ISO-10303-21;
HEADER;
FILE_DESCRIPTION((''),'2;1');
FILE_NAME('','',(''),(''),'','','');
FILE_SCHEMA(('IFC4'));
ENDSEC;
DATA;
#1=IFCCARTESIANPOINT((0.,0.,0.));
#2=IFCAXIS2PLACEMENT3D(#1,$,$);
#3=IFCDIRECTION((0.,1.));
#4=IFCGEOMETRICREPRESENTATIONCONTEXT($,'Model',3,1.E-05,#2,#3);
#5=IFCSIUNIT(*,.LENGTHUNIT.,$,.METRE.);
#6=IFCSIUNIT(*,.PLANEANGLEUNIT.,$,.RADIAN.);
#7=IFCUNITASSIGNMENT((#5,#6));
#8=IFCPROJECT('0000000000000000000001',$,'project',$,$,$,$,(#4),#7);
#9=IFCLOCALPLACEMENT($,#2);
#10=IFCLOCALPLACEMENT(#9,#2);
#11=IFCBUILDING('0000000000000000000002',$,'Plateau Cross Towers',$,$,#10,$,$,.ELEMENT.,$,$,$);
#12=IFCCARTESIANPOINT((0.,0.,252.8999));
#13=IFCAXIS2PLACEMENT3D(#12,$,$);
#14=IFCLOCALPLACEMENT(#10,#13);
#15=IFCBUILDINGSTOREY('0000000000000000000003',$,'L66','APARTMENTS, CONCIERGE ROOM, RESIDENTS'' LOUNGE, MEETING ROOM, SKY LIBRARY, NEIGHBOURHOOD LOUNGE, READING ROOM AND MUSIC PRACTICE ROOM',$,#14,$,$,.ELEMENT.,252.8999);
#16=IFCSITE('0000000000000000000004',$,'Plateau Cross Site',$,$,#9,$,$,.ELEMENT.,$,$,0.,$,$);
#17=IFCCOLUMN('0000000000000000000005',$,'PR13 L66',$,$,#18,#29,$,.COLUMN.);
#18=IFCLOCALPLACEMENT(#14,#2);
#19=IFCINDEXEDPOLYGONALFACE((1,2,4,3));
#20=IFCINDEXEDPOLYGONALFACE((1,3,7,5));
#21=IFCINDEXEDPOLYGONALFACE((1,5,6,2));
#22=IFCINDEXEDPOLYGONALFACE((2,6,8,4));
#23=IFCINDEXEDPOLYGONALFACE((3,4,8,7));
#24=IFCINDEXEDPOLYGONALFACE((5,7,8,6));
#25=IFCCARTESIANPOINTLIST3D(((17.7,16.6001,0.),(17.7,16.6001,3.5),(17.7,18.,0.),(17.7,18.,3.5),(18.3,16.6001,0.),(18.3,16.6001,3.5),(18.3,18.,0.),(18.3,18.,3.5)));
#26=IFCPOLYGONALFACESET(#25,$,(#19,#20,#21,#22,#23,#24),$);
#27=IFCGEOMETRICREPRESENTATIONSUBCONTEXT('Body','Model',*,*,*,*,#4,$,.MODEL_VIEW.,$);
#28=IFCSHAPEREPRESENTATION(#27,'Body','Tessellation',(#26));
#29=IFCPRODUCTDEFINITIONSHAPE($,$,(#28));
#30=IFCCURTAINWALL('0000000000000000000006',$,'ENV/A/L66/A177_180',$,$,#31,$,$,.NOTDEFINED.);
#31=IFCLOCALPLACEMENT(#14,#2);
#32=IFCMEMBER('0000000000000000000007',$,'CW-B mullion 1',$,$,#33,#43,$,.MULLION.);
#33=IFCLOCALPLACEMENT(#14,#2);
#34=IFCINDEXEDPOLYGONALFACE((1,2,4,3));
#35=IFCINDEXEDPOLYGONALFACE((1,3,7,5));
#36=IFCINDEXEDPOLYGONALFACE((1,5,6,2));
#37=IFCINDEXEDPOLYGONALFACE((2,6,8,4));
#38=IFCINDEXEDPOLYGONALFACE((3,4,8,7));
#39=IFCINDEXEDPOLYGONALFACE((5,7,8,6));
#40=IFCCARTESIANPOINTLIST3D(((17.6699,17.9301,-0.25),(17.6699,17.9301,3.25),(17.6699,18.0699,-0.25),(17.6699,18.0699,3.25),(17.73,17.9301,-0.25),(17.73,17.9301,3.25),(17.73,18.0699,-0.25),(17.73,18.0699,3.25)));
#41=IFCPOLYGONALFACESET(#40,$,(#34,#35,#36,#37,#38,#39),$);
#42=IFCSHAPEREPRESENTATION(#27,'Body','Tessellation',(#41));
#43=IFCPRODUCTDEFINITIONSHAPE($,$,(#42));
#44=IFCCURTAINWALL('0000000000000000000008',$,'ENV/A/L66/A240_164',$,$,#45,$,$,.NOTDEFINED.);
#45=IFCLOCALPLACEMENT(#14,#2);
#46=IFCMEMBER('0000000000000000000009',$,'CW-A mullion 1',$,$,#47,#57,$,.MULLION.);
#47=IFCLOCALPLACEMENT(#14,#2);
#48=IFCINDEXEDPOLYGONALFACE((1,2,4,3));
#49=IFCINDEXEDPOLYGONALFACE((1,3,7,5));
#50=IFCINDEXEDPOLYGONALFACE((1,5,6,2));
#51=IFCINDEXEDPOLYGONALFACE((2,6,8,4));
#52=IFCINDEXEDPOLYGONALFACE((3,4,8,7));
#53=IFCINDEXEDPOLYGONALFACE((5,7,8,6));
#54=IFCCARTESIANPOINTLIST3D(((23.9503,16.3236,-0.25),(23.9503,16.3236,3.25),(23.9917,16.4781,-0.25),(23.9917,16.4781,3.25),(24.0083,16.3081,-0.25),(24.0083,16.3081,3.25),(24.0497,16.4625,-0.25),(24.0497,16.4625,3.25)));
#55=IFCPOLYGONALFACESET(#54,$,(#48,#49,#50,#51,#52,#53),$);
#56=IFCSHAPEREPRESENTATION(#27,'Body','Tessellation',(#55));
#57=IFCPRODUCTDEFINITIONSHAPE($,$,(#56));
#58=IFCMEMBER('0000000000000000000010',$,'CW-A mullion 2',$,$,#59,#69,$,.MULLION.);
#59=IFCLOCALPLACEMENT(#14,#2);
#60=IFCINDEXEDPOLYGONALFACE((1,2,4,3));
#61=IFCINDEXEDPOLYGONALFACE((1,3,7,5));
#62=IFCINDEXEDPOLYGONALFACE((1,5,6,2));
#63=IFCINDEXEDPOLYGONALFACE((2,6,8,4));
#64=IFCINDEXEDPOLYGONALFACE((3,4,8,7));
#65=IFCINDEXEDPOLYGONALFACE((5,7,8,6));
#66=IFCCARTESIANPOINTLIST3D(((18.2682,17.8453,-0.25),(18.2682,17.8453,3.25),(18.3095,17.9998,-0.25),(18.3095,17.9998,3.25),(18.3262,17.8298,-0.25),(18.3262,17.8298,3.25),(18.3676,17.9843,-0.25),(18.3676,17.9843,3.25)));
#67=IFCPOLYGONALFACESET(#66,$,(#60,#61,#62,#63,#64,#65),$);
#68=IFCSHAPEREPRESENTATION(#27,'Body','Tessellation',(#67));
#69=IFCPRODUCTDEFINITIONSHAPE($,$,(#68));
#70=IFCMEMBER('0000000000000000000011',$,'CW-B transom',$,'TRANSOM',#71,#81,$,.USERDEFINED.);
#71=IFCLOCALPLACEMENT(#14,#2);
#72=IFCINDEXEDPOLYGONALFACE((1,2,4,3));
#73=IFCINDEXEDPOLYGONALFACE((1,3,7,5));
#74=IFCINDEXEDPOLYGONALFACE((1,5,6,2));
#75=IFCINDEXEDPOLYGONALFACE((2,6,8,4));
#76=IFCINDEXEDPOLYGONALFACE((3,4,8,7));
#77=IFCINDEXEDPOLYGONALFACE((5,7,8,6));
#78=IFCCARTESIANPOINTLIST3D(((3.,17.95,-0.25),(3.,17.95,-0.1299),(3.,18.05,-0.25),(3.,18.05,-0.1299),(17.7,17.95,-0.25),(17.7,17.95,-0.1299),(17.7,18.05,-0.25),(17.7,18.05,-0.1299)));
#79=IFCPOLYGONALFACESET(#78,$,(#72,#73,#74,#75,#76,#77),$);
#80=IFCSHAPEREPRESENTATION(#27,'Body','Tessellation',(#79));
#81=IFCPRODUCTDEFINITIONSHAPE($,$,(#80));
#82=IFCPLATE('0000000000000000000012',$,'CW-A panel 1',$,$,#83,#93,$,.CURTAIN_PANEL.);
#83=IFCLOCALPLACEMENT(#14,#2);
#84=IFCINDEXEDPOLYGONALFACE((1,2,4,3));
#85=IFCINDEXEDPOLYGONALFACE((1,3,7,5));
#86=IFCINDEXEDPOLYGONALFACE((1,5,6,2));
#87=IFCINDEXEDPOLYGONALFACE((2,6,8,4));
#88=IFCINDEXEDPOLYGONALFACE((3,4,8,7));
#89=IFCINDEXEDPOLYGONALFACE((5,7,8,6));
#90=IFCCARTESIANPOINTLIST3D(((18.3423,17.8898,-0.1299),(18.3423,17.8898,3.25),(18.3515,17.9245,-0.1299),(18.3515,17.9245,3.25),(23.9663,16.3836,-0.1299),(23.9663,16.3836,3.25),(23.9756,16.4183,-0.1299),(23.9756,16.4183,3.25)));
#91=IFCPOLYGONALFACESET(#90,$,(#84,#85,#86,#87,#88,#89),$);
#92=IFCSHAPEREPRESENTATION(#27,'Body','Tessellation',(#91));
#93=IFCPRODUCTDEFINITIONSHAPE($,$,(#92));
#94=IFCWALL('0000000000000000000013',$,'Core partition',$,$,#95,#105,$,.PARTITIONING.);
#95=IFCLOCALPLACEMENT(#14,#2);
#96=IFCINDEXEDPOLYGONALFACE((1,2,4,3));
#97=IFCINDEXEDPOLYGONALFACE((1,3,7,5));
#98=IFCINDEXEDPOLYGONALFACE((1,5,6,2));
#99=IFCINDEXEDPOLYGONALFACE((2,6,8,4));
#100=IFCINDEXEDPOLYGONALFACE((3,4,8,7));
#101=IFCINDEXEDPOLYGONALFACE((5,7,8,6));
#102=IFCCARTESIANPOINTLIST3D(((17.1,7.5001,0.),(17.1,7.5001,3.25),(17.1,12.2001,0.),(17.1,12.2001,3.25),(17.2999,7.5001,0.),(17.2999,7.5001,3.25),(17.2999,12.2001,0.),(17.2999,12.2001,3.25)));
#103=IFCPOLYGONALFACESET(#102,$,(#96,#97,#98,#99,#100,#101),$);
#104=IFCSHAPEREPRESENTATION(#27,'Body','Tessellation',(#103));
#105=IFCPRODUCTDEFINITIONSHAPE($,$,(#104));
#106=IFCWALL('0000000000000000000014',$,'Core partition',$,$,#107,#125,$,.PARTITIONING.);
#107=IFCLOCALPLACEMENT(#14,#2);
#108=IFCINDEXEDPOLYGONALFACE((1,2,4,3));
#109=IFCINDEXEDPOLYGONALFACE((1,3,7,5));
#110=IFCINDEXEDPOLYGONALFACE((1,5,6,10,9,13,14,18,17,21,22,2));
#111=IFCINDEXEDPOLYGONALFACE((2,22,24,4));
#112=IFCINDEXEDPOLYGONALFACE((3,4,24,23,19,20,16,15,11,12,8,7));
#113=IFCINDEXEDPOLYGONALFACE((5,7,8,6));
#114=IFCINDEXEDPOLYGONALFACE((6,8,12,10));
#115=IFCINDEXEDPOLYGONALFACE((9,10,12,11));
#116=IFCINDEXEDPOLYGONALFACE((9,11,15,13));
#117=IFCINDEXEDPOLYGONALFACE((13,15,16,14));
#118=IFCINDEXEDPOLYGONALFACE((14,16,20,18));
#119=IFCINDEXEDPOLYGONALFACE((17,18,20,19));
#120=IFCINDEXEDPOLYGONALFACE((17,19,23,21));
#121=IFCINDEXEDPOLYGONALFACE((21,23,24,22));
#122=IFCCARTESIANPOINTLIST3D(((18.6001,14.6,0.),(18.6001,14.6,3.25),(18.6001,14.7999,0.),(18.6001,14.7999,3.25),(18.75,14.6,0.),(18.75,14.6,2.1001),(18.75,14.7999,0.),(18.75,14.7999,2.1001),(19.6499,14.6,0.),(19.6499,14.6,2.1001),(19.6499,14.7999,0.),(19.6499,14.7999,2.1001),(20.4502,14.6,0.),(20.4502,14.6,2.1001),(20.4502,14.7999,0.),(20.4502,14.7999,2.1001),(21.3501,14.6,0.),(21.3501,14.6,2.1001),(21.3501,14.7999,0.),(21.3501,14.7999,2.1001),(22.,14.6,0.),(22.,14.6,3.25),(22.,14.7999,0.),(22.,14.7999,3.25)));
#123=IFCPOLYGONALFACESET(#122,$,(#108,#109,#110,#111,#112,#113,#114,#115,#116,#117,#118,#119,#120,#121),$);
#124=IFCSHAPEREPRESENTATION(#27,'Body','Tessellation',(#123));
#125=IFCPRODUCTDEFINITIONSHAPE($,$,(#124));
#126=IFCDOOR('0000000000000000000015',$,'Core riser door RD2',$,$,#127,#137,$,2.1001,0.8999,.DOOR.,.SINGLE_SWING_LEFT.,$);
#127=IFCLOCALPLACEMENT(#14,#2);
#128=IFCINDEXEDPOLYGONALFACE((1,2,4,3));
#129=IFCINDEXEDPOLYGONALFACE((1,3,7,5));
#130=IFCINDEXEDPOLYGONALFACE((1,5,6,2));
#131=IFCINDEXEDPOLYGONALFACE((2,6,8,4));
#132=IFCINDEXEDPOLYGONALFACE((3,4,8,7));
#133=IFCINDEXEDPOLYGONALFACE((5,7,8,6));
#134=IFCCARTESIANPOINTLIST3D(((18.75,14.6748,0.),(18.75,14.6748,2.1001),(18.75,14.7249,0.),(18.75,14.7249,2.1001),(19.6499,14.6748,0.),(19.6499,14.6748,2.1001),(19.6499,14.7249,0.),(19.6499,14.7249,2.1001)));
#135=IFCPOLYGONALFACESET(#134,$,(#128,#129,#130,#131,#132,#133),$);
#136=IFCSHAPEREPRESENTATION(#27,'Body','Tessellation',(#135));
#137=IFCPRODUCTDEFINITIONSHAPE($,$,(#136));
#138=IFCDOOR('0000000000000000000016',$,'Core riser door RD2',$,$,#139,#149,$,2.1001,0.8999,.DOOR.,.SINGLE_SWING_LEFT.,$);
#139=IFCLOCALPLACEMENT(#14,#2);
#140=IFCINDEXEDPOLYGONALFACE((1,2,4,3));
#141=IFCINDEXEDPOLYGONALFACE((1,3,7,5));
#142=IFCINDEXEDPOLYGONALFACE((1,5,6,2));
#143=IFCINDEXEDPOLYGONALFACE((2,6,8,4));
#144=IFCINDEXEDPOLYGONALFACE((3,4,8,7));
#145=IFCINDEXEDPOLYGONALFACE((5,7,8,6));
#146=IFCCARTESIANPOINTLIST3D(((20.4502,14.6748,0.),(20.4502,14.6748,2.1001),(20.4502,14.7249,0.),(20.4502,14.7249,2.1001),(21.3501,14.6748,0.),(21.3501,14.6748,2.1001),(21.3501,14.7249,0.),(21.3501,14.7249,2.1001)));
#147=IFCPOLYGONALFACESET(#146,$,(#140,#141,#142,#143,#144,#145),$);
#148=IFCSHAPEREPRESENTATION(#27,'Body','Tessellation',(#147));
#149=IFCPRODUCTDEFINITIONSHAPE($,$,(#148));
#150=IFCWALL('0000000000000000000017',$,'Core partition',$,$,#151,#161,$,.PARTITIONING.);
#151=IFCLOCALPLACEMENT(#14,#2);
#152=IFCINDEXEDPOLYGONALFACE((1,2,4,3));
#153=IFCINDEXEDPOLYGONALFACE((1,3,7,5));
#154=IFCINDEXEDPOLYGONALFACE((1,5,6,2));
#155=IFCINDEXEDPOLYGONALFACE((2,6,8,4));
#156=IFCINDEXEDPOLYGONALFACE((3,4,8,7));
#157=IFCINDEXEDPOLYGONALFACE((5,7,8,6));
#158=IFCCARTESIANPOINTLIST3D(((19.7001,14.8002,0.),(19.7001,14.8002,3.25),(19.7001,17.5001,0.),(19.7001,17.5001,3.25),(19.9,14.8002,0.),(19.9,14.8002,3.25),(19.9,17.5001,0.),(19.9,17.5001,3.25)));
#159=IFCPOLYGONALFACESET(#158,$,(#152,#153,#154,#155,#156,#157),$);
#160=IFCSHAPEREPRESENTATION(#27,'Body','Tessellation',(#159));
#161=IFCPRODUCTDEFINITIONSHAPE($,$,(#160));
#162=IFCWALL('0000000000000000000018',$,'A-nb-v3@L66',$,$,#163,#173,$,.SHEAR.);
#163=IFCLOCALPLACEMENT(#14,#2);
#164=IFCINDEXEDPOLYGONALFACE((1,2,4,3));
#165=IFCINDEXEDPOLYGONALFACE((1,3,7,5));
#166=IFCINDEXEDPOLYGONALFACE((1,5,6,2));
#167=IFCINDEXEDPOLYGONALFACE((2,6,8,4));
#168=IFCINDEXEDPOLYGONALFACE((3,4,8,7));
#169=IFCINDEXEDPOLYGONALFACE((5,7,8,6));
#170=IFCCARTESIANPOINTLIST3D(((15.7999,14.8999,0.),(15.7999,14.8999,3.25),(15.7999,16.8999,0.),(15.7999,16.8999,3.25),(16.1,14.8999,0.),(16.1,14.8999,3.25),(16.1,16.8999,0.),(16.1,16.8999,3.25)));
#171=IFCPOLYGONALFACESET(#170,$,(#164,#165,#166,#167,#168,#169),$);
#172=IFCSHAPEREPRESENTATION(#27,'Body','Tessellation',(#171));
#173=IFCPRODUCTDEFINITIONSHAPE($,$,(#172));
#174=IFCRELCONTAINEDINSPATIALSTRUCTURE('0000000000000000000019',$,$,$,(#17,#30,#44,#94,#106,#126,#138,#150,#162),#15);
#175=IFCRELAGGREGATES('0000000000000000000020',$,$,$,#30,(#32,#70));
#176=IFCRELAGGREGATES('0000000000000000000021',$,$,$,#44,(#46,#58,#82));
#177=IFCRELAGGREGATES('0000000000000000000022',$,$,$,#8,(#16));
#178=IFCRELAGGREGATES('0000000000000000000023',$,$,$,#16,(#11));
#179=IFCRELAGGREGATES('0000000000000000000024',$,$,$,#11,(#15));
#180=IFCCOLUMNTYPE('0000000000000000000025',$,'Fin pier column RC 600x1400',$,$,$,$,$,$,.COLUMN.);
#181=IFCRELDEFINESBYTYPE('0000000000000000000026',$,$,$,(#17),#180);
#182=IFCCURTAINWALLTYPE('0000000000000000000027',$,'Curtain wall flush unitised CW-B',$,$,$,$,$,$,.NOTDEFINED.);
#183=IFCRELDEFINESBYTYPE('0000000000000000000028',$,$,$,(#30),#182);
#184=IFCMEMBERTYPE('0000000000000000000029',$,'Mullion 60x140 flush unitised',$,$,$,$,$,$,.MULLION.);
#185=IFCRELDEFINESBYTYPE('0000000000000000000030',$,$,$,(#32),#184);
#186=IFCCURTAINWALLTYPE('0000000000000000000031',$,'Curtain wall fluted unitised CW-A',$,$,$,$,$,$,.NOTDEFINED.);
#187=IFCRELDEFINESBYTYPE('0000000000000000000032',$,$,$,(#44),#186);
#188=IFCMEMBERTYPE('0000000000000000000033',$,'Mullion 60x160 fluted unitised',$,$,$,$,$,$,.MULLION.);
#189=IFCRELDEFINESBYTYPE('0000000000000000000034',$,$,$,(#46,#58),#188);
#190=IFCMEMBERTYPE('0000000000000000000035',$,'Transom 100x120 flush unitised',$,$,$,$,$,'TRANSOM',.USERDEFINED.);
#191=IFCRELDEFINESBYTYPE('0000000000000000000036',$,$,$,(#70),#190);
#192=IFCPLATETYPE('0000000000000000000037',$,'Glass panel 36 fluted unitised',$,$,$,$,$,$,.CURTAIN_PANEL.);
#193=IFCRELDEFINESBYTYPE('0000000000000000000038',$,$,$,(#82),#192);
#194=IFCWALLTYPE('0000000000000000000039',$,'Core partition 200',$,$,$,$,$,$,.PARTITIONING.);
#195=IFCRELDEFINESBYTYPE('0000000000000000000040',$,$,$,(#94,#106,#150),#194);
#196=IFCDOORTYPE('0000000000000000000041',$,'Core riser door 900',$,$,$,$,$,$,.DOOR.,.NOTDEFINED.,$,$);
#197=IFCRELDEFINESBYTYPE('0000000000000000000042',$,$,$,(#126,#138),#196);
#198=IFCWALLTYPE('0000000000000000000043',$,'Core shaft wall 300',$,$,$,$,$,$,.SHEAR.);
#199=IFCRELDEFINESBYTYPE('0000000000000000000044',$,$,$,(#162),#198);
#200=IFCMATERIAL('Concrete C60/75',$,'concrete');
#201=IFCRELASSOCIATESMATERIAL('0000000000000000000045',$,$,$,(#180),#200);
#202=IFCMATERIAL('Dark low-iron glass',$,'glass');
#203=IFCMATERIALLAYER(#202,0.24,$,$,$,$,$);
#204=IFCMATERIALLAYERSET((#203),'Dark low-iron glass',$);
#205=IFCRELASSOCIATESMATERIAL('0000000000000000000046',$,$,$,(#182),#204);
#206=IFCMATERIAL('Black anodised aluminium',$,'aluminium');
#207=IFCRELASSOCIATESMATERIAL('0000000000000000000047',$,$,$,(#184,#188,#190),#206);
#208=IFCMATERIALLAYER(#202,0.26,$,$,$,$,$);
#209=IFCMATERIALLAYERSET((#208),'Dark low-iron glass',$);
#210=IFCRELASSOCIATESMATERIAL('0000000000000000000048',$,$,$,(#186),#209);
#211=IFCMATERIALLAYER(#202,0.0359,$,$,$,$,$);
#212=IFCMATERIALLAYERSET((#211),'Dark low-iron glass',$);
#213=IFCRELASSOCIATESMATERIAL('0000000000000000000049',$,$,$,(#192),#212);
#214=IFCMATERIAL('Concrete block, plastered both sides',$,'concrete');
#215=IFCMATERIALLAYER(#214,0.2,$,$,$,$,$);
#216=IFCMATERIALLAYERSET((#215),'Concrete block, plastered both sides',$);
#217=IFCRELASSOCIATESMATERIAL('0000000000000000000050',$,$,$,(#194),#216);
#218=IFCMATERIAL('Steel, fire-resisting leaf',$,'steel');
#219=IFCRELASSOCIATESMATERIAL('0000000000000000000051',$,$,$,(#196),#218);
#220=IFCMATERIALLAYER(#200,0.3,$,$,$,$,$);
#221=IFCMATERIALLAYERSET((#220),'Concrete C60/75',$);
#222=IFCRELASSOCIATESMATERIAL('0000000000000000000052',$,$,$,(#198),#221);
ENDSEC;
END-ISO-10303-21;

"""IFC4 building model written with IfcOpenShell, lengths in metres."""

from ifc_helpers import new_model, si_unit, direction, frame, frame_2d, origin, origin_2d, place, context, subcontext, project, spatial, rectangle, extrude, material, layer, layer_set, material_profile, profile_set, type_object, element, fill, aggregate, save


model = new_model("IFC4")

# Units and contexts
model_context = context("Model", 3, precision=1e-05, world=origin(), true_north=direction((0.0, 1.0)))
body_context = subcontext(model_context, "Body", "Model", "MODEL_VIEW")
ifc_project = project(units=[si_unit("LENGTHUNIT", "METRE"), si_unit("PLANEANGLEUNIT", "RADIAN")], contexts=[model_context])

# Site, building, storey
site_placement = place(None, origin())
site = spatial("IfcSite", under=ifc_project, at=site_placement, Name="Plateau Cross Site", CompositionType="ELEMENT", RefElevation=0.0)
building_placement = place(site_placement, origin())
building = spatial("IfcBuilding", under=site, at=building_placement, Name="Plateau Cross Towers", CompositionType="ELEMENT")
storey_placement = place(building_placement, frame((0.0, 0.0, 252.8999)))
storey = spatial("IfcBuildingStorey", under=building, at=storey_placement, Name="L66", Description="APARTMENTS, CONCIERGE ROOM, RESIDENTS' LOUNGE, MEETING ROOM, SKY LIBRARY, NEIGHBOURHOOD LOUNGE, READING ROOM AND MUSIC PRACTICE ROOM", CompositionType="ELEMENT", Elevation=252.8999)

# Column
ifc_material_1 = material(Name="Concrete C60/75", Category="concrete")
ifc_material_profile_1 = material_profile(ifc_material_1, rectangle(XDim=0.6001, YDim=1.3999, at=origin_2d()), Name="RC 600x1400")
ifc_profile_set_1 = profile_set([ifc_material_profile_1], Name="Concrete C60/75")
column_type = type_object("IfcColumnType", Name="Fin pier column RC 600x1400", PredefinedType="COLUMN", material=ifc_profile_set_1)
column_placement = place(storey_placement, frame((18.0, 17.3, 0.0), z_axis=(0.0, 0.0, 1.0), x_axis=(1.0, 0.0, 0.0)))
element("IfcColumn", 1, at=column_placement, inside=storey, type_object=column_type, Name="PR13 L66", PredefinedType="COLUMN", context=body_context, shape_type="SweptSolid", body=[
    extrude(rectangle(XDim=0.6001, YDim=1.3999, at=origin_2d()), origin(), (0.0, 0.0, 1.0), 3.5),
])

# Curtain wall, member
ifc_material_2 = material(Name="Dark low-iron glass", Category="glass")
ifc_layer_1 = layer(ifc_material_2, 0.24)
ifc_layer_set_1 = layer_set([ifc_layer_1], Name="Dark low-iron glass")
curtain_wall_type_1 = type_object("IfcCurtainWallType", Name="Curtain wall flush unitised CW-B", PredefinedType="NOTDEFINED", material=ifc_layer_set_1)
curtain_wall_1_placement = place(storey_placement, origin())
curtain_wall_1 = element("IfcCurtainWall", 2, at=curtain_wall_1_placement, inside=storey, type_object=curtain_wall_type_1, Name="ENV/A/L66/A177_180", PredefinedType="NOTDEFINED")
ifc_material_3 = material(Name="Black anodised aluminium", Category="aluminium")
ifc_material_profile_2 = material_profile(ifc_material_3, rectangle(XDim=0.0601, YDim=0.1399, at=origin_2d()), Name="MULLION 60x140")
ifc_profile_set_2 = profile_set([ifc_material_profile_2], Name="Black anodised aluminium")
member_type_1 = type_object("IfcMemberType", Name="Mullion 60x140 flush unitised", PredefinedType="MULLION", material=ifc_profile_set_2)
member_1_placement = place(storey_placement, frame((17.7, 18.0, -0.25), z_axis=(0.0, 0.0, 1.0), x_axis=(-1.0, 0.0, 0.0)))
member_1 = element("IfcMember", 3, at=member_1_placement, type_object=member_type_1, Name="CW-B mullion 1", PredefinedType="MULLION", context=body_context, shape_type="SweptSolid", body=[
    extrude(rectangle(XDim=0.0601, YDim=0.1399, at=origin_2d()), origin(), (0.0, 0.0, 1.0), 3.5),
])

# Curtain wall, members
ifc_layer_2 = layer(ifc_material_2, 0.26)
ifc_layer_set_2 = layer_set([ifc_layer_2], Name="Dark low-iron glass")
curtain_wall_type_2 = type_object("IfcCurtainWallType", Name="Curtain wall fluted unitised CW-A", PredefinedType="NOTDEFINED", material=ifc_layer_set_2)
curtain_wall_2_placement = place(storey_placement, origin())
curtain_wall_2 = element("IfcCurtainWall", 4, at=curtain_wall_2_placement, inside=storey, type_object=curtain_wall_type_2, Name="ENV/A/L66/A240_164", PredefinedType="NOTDEFINED")
ifc_material_profile_3 = material_profile(ifc_material_3, rectangle(XDim=0.0601, YDim=0.1599, at=origin_2d()), Name="MULLION 60x160")
ifc_profile_set_3 = profile_set([ifc_material_profile_3], Name="Black anodised aluminium")
member_type_2 = type_object("IfcMemberType", Name="Mullion 60x160 fluted unitised", PredefinedType="MULLION", material=ifc_profile_set_3)
member_2_placement = place(storey_placement, frame((24.0, 16.3931, -0.25), z_axis=(0.0, 0.0, 1.0), x_axis=(-0.965958, 0.258699, 0.0)))
member_2 = element("IfcMember", 5, at=member_2_placement, type_object=member_type_2, Name="CW-A mullion 1", PredefinedType="MULLION", context=body_context, shape_type="SweptSolid", body=[
    extrude(rectangle(XDim=0.0601, YDim=0.1599, at=origin_2d()), origin(), (0.0, 0.0, 1.0), 3.5),
])
member_3_placement = place(storey_placement, frame((18.3179, 17.9148, -0.25), z_axis=(0.0, 0.0, 1.0), x_axis=(-0.965958, 0.258699, 0.0)))
member_3 = element("IfcMember", 6, at=member_3_placement, type_object=member_type_2, Name="CW-A mullion 2", PredefinedType="MULLION", context=body_context, shape_type="SweptSolid", body=[
    extrude(rectangle(XDim=0.0601, YDim=0.1599, at=origin_2d()), origin(), (0.0, 0.0, 1.0), 3.5),
])

# Member
ifc_material_profile_4 = material_profile(ifc_material_3, rectangle(XDim=0.1001, YDim=0.1201, at=origin_2d()), Name="TRANSOM 100x120")
ifc_profile_set_4 = profile_set([ifc_material_profile_4], Name="Black anodised aluminium")
member_type_3 = type_object("IfcMemberType", Name="Transom 100x120 flush unitised", ElementType="TRANSOM", PredefinedType="USERDEFINED", material=ifc_profile_set_4)
member_4_placement = place(storey_placement, frame((17.7, 18.0, -0.1899), z_axis=(-1.0, 0.0, 0.0), x_axis=(0.0, -1.0, 0.0)))
member_4 = element("IfcMember", 7, at=member_4_placement, type_object=member_type_3, Name="CW-B transom", ObjectType="TRANSOM", PredefinedType="USERDEFINED", context=body_context, shape_type="SweptSolid", body=[
    extrude(rectangle(XDim=0.1001, YDim=0.1201, at=origin_2d()), origin(), (0.0, 0.0, 1.0), 14.7),
])
aggregate(curtain_wall_1, [member_1, member_4])

# Plate
ifc_layer_3 = layer(ifc_material_2, 0.0359)
ifc_layer_set_3 = layer_set([ifc_layer_3], Name="Dark low-iron glass")
plate_type = type_object("IfcPlateType", Name="Glass panel 36 fluted unitised", PredefinedType="CURTAIN_PANEL", material=ifc_layer_set_3)
plate_placement = place(storey_placement, frame((21.1589, 17.1541, -0.1299), z_axis=(0.0, 0.0, 1.0), x_axis=(-0.965958, 0.258699, 0.0)))
plate = element("IfcPlate", 8, at=plate_placement, type_object=plate_type, Name="CW-A panel 1", PredefinedType="CURTAIN_PANEL", context=body_context, shape_type="SweptSolid", body=[
    extrude(rectangle(XDim=5.8223, YDim=0.0359, at=origin_2d()), origin(), (0.0, 0.0, 1.0), 3.3799),
])
aggregate(curtain_wall_2, [member_2, member_3, plate])

# Wall
ifc_material_4 = material(Name="Concrete block, plastered both sides", Category="concrete")
ifc_layer_4 = layer(ifc_material_4, 0.2)
ifc_layer_set_4 = layer_set([ifc_layer_4], Name="Concrete block, plastered both sides")
wall_type_1 = type_object("IfcWallType", Name="Core partition 200", PredefinedType="PARTITIONING", material=ifc_layer_set_4)
wall_1_placement = place(storey_placement, frame((17.2, 7.5, 0.0), z_axis=(0.0, 0.0, 1.0), x_axis=(0.0, 1.0, 0.0)))
element("IfcWall", 9, at=wall_1_placement, inside=storey, type_object=wall_type_1, Name="Core partition", PredefinedType="PARTITIONING", context=body_context, shape_type="SweptSolid", body=[
    extrude(rectangle(XDim=4.7, YDim=0.2, at=frame_2d((2.3501, 0.0))), origin(), (0.0, 0.0, 1.0), 3.25),
])

# Wall, openings, doors
wall_2_placement = place(storey_placement, frame((18.6001, 14.7, 0.0), z_axis=(0.0, 0.0, 1.0), x_axis=(1.0, 0.0, 0.0)))
wall_2 = element("IfcWall", 10, at=wall_2_placement, inside=storey, type_object=wall_type_1, Name="Core partition", PredefinedType="PARTITIONING", context=body_context, shape_type="SweptSolid", body=[
    extrude(rectangle(XDim=3.3999, YDim=0.2, at=frame_2d((1.7, 0.0))), origin(), (0.0, 0.0, 1.0), 3.25),
])
opening_1_placement = place(wall_2_placement, frame((0.1499, 0.0, 0.0)))
opening_1 = element("IfcOpeningElement", 11, at=opening_1_placement, cuts=wall_2, PredefinedType="OPENING", context=body_context, shape_type="SweptSolid", body=[
    extrude(rectangle(XDim=0.8999, YDim=2.1001, at=frame_2d((0.45, 1.05))), frame((0.0, 0.1099, 0.0), z_axis=(0.0, -1.0, 0.0), x_axis=(1.0, 0.0, 0.0)), (0.0, 0.0, 1.0), 0.22),
])
opening_2_placement = place(wall_2_placement, frame((1.8501, 0.0, 0.0)))
opening_2 = element("IfcOpeningElement", 12, at=opening_2_placement, cuts=wall_2, PredefinedType="OPENING", context=body_context, shape_type="SweptSolid", body=[
    extrude(rectangle(XDim=0.8999, YDim=2.1001, at=frame_2d((0.45, 1.05))), frame((0.0, 0.1099, 0.0), z_axis=(0.0, -1.0, 0.0), x_axis=(1.0, 0.0, 0.0)), (0.0, 0.0, 1.0), 0.22),
])
ifc_material_5 = material(Name="Steel, fire-resisting leaf", Category="steel")
door_type_1 = type_object("IfcDoorType", Name="Core riser door 900", OperationType="NOTDEFINED", PredefinedType="DOOR", material=ifc_material_5)
door_1_placement = place(opening_1_placement, origin())
door_1 = element("IfcDoor", 13, at=door_1_placement, inside=storey, type_object=door_type_1, Name="Core riser door RD2", OperationType="SINGLE_SWING_LEFT", OverallHeight=2.1001, OverallWidth=0.8999, PredefinedType="DOOR", context=body_context, shape_type="SweptSolid", body=[
    extrude(rectangle(XDim=0.8999, YDim=2.1001, at=frame_2d((0.45, 1.05))), frame((0.0, 0.0249, 0.0), z_axis=(0.0, -1.0, 0.0), x_axis=(1.0, 0.0, 0.0)), (0.0, 0.0, 1.0), 0.05),
])
fill(opening_1, door_1)
door_2_placement = place(opening_2_placement, origin())
door_2 = element("IfcDoor", 14, at=door_2_placement, inside=storey, type_object=door_type_1, Name="Core riser door RD2", OperationType="SINGLE_SWING_LEFT", OverallHeight=2.1001, OverallWidth=0.8999, PredefinedType="DOOR", context=body_context, shape_type="SweptSolid", body=[
    extrude(rectangle(XDim=0.8999, YDim=2.1001, at=frame_2d((0.45, 1.05))), frame((0.0, 0.0249, 0.0), z_axis=(0.0, -1.0, 0.0), x_axis=(1.0, 0.0, 0.0)), (0.0, 0.0, 1.0), 0.05),
])
fill(opening_2, door_2)

# Walls
wall_3_placement = place(storey_placement, frame((19.8, 14.8, 0.0), z_axis=(0.0, 0.0, 1.0), x_axis=(0.0, 1.0, 0.0)))
element("IfcWall", 15, at=wall_3_placement, inside=storey, type_object=wall_type_1, Name="Core partition", PredefinedType="PARTITIONING", context=body_context, shape_type="SweptSolid", body=[
    extrude(rectangle(XDim=2.7, YDim=0.2, at=frame_2d((1.3501, 0.0))), origin(), (0.0, 0.0, 1.0), 3.25),
])
ifc_layer_5 = layer(ifc_material_1, 0.3)
ifc_layer_set_5 = layer_set([ifc_layer_5], Name="Concrete C60/75")
wall_type_2 = type_object("IfcWallType", Name="Core shaft wall 300", PredefinedType="SHEAR", material=ifc_layer_set_5)
for number, where, z_axis, x_axis, name in (
    (16, (15.95, 14.8999, 0.0), (0.0, 0.0, 1.0), (0.0, 1.0, 0.0), "A-nb-v3@L66"),
):
    element("IfcWall", number, at=place(storey_placement, frame(where, z_axis=z_axis, x_axis=x_axis)), inside=storey, type_object=wall_type_2, Name=name, PredefinedType="SHEAR", context=body_context, shape_type="SweptSolid", body=[
        extrude(rectangle(XDim=2.0, YDim=0.3, at=frame_2d((1.0, 0.0))), origin(), (0.0, 0.0, 1.0), 3.25),
    ])

save(model, "model.ifc")
